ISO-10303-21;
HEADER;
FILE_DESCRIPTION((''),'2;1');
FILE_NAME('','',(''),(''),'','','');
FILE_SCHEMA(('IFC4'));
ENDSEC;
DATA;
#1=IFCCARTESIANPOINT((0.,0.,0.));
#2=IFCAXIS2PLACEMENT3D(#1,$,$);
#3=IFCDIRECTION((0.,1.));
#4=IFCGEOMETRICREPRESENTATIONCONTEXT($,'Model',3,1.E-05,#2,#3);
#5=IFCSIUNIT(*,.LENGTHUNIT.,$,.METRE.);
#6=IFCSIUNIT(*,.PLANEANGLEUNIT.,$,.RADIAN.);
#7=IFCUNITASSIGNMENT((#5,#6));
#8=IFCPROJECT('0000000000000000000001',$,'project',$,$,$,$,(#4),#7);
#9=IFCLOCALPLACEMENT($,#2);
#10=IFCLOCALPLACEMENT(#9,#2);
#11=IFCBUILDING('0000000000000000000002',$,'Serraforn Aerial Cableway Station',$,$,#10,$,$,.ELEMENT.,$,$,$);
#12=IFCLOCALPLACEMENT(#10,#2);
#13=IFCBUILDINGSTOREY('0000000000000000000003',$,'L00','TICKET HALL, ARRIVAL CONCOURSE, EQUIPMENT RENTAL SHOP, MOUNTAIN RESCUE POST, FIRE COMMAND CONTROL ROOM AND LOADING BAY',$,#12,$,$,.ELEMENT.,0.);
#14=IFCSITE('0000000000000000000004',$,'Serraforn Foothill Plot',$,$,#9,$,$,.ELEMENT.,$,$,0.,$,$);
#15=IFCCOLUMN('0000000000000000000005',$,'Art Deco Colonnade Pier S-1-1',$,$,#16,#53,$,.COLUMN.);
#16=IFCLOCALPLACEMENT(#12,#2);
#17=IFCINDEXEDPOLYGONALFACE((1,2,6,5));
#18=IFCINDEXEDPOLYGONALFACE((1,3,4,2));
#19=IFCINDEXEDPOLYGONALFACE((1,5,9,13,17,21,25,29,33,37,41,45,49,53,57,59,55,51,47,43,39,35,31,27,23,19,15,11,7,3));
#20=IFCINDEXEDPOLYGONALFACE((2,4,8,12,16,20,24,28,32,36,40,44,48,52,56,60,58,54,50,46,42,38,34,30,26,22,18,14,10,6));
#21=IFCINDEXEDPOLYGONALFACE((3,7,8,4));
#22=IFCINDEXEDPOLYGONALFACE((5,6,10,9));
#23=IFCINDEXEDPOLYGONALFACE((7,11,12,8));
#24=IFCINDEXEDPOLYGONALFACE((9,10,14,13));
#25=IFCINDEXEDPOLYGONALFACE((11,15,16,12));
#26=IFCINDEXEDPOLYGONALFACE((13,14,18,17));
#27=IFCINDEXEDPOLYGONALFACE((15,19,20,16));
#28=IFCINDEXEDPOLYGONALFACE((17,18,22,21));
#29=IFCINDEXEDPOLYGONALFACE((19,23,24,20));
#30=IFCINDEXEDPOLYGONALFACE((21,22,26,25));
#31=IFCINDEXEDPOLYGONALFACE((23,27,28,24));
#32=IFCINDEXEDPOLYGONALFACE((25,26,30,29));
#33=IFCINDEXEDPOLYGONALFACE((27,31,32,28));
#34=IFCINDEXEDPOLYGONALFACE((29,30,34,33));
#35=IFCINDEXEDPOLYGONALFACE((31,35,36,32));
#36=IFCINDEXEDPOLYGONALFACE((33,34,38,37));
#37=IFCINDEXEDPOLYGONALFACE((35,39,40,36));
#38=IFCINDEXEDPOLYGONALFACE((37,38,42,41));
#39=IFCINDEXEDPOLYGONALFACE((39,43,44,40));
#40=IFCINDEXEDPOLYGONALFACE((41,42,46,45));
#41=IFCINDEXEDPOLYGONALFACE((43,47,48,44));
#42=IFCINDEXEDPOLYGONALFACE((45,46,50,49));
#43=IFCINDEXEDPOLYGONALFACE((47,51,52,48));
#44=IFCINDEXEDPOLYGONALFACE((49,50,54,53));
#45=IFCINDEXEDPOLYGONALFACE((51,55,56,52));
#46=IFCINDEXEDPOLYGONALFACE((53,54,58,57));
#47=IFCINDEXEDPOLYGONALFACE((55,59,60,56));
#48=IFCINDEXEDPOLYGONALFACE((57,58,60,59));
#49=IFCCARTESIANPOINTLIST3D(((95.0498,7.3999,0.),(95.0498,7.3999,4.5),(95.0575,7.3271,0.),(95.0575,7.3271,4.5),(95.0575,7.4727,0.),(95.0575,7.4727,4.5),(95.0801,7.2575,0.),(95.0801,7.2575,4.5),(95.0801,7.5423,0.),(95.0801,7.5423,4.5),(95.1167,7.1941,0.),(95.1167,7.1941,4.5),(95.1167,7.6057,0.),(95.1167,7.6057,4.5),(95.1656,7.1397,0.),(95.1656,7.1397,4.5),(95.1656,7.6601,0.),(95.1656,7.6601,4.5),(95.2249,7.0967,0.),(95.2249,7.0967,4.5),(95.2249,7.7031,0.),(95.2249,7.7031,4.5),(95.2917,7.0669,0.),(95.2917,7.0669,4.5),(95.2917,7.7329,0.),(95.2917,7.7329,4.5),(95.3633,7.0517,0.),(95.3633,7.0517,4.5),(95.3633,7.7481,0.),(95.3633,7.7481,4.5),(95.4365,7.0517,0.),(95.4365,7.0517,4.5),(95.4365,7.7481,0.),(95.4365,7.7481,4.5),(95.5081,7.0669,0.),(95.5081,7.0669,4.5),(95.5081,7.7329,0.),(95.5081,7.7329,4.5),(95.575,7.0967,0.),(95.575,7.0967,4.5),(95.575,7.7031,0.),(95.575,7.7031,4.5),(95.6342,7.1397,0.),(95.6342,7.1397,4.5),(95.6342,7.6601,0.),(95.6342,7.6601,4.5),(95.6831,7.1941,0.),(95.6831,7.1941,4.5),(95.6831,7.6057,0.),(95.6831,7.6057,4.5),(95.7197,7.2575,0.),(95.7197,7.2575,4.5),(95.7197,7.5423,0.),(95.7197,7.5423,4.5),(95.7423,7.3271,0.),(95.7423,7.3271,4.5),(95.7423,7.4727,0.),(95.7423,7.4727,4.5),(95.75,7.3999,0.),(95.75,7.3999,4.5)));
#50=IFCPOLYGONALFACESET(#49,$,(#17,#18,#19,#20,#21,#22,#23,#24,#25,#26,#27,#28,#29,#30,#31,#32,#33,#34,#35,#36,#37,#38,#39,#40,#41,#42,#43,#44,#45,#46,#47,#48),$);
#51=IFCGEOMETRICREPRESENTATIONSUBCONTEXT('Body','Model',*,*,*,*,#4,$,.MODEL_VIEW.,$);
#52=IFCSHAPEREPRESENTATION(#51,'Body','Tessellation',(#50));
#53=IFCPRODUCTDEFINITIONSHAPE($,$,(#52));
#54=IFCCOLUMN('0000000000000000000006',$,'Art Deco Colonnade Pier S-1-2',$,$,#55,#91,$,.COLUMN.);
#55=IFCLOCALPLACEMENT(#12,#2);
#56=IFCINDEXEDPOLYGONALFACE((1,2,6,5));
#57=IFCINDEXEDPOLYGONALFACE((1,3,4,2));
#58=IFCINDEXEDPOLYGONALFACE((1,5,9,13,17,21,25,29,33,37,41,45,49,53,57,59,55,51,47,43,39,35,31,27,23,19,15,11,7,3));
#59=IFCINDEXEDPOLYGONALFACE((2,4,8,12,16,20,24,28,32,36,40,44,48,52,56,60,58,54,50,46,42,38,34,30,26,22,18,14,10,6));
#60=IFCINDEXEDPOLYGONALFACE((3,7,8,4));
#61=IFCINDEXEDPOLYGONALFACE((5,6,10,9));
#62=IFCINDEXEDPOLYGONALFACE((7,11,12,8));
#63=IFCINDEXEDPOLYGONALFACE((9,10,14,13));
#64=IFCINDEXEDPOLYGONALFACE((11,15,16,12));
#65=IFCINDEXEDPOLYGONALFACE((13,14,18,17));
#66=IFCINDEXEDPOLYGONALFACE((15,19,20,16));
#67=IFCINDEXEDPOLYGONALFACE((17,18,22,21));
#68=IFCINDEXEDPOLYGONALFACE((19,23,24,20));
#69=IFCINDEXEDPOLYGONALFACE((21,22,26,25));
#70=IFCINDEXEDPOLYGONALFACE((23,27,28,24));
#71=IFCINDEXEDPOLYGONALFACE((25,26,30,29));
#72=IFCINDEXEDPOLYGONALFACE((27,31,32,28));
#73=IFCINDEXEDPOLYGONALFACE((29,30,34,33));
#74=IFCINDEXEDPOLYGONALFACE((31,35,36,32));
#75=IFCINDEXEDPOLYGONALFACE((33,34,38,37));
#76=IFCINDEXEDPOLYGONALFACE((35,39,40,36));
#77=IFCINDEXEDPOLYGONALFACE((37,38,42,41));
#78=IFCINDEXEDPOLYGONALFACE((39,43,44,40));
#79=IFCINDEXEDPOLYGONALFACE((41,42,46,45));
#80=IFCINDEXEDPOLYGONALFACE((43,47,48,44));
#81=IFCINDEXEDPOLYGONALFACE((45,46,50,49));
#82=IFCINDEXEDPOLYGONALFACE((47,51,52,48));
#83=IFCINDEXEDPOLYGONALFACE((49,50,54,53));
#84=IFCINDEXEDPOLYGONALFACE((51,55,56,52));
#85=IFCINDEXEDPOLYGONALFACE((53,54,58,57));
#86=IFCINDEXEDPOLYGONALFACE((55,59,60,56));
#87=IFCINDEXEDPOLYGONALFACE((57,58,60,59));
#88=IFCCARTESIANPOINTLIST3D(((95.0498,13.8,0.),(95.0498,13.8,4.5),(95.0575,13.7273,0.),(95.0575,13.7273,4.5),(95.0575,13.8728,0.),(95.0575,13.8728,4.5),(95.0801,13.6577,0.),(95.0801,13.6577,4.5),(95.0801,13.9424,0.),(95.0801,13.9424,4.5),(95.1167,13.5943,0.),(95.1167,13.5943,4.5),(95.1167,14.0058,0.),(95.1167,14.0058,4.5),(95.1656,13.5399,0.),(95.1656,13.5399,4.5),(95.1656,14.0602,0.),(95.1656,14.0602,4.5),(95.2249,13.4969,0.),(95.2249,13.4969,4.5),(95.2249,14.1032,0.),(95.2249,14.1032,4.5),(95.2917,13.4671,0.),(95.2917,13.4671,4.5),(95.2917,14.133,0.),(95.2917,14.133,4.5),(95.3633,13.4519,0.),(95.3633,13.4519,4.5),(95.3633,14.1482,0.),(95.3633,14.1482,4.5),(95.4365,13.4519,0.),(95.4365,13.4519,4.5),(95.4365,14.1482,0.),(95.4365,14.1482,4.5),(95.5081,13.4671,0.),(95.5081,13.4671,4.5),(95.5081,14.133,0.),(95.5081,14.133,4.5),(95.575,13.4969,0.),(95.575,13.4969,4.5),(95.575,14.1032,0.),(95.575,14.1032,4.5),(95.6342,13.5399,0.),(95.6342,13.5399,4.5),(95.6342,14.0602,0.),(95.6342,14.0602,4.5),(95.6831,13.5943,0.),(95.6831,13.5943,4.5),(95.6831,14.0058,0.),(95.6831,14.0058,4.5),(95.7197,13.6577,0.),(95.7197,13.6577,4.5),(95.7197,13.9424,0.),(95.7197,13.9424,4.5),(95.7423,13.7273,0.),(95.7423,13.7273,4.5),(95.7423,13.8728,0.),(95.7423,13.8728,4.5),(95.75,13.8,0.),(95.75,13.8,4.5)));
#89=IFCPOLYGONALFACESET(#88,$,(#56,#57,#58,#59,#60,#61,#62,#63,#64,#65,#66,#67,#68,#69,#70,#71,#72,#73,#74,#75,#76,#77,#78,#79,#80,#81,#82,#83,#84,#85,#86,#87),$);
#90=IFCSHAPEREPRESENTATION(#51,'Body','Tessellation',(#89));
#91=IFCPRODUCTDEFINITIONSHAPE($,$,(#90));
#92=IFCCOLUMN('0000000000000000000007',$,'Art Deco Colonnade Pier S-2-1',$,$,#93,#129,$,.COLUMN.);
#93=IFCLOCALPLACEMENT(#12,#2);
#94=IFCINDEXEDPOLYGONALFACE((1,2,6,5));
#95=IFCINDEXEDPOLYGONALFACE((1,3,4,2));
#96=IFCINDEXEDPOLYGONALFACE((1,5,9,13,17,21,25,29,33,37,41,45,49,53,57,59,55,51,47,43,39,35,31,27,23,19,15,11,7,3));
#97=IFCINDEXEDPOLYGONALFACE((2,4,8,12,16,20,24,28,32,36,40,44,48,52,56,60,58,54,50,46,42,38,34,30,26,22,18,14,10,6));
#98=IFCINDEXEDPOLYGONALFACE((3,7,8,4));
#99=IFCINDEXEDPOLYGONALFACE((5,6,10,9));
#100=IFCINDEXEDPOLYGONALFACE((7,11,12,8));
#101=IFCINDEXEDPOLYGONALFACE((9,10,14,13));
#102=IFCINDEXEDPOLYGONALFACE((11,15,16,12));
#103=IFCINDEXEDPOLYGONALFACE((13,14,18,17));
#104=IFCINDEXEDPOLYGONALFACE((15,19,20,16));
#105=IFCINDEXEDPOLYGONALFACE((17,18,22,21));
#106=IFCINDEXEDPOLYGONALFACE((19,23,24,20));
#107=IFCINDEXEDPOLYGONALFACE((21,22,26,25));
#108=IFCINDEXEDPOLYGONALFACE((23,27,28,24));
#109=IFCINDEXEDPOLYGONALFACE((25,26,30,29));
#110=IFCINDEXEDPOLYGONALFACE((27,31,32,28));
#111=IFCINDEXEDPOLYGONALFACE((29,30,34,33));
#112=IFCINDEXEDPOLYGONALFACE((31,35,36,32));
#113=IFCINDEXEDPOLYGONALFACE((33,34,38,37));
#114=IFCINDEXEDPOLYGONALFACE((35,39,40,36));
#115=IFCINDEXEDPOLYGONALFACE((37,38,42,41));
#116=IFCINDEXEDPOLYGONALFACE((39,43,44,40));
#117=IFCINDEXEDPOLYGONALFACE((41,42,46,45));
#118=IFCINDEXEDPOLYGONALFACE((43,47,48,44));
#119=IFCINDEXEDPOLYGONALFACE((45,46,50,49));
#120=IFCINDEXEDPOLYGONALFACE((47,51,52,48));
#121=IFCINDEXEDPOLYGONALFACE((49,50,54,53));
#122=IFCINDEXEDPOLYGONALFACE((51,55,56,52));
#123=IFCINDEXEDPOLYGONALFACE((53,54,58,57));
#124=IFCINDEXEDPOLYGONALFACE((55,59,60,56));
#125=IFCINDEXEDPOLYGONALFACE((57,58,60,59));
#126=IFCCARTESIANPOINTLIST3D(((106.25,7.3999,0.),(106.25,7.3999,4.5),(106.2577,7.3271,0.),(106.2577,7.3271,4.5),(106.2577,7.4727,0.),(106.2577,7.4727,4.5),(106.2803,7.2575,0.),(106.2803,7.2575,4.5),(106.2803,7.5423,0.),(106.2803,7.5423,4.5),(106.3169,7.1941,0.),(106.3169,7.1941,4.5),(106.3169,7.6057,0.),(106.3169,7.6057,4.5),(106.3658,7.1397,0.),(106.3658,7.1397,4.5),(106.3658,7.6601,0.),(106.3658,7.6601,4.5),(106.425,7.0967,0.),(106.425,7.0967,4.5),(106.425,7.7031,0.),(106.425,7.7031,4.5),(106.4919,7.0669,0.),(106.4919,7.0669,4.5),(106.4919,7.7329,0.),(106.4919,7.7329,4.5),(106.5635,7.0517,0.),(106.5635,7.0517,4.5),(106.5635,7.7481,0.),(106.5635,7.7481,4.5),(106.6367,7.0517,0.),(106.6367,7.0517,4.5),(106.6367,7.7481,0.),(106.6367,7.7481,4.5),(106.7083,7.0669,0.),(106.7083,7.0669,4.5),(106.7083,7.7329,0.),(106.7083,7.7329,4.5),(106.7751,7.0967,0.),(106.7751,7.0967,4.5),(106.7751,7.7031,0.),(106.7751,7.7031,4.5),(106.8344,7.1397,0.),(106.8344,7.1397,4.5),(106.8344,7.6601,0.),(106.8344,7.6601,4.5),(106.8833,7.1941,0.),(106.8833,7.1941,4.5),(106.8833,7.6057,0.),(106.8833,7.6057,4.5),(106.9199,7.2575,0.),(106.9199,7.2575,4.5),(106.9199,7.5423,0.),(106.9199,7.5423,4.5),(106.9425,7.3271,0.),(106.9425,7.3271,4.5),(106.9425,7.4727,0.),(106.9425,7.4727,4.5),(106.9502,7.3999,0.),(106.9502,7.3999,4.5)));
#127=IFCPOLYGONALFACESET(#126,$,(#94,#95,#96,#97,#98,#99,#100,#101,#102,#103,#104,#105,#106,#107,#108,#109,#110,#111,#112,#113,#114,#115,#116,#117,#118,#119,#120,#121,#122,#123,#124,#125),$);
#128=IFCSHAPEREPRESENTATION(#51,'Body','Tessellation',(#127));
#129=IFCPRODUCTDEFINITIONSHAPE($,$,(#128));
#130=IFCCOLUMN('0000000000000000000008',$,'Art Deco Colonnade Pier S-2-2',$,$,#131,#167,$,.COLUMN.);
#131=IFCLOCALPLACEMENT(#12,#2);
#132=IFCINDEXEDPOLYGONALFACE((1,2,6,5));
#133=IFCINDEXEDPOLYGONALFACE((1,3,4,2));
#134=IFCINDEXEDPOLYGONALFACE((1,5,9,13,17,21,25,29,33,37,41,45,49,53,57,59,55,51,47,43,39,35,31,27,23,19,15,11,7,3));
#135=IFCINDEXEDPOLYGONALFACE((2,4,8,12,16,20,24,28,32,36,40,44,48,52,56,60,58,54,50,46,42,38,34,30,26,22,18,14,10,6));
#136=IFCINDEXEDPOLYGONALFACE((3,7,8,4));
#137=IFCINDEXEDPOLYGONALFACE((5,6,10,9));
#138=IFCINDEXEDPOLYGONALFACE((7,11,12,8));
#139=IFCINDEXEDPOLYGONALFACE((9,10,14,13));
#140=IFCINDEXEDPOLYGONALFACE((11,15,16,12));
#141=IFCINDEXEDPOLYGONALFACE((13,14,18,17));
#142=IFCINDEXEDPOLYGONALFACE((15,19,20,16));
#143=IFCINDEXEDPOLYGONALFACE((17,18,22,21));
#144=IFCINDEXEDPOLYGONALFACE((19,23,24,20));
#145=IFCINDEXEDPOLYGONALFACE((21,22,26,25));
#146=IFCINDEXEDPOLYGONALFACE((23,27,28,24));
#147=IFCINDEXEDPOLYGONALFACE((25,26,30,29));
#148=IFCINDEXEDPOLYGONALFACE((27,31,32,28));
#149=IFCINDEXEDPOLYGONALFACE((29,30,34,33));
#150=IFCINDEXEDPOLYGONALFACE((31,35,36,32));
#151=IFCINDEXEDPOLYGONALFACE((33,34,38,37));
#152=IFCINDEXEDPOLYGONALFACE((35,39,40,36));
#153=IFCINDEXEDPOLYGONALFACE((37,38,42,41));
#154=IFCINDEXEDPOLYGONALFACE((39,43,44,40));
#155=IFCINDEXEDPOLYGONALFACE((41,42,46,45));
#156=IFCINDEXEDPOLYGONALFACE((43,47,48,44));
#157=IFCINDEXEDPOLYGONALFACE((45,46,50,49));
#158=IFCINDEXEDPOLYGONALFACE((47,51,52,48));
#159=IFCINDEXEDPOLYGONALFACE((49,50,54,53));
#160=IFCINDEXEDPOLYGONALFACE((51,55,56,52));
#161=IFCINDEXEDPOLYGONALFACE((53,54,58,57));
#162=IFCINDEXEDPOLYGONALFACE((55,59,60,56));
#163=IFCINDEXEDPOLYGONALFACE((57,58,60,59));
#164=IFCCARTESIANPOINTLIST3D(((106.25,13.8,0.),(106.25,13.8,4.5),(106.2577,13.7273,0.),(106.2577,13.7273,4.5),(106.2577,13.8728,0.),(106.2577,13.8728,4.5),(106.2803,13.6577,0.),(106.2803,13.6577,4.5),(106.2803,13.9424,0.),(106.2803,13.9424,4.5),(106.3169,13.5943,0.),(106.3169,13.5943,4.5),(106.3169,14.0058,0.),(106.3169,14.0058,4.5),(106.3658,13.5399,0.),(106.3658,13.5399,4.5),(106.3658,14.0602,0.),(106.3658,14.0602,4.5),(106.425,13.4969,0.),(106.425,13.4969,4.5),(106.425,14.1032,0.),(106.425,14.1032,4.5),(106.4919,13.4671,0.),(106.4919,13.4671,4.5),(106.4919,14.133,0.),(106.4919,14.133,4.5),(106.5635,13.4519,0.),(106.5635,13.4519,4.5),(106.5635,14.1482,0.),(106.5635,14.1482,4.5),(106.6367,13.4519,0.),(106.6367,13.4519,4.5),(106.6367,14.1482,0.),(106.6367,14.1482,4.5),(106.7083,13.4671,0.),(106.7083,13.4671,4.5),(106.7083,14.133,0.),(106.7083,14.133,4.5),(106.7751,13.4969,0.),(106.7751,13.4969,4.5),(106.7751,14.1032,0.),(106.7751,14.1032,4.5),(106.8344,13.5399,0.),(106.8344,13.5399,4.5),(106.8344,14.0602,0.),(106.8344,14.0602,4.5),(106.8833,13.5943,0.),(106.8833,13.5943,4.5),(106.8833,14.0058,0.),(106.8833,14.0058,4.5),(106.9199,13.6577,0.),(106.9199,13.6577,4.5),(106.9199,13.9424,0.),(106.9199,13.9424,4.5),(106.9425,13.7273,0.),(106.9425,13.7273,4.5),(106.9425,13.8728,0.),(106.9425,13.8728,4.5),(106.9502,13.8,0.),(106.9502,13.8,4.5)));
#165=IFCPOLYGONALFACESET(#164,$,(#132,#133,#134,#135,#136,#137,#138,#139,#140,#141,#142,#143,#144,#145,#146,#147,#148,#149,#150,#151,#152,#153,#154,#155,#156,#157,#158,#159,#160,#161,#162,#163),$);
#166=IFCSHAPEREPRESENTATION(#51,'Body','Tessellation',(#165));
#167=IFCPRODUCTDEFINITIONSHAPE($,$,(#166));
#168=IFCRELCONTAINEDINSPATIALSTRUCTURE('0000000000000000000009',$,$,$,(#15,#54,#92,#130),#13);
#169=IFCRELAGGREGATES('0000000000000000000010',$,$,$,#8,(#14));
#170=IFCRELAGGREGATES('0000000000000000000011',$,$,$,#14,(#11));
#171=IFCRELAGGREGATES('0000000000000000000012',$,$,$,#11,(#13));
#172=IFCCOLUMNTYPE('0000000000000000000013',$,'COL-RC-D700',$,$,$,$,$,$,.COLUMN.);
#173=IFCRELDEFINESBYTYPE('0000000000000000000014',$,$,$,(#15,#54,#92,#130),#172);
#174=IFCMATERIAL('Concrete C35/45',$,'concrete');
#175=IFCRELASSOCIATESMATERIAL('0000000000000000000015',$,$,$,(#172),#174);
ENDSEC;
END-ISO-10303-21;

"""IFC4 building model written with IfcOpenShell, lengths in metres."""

from ifc_helpers import new_model, si_unit, direction, frame, origin, origin_2d, place, context, subcontext, project, spatial, circle, extrude, material, material_profile, profile_set, type_object, element, save


model = new_model("IFC4")

# Units and contexts
model_context = context("Model", 3, precision=1e-05, world=origin(), true_north=direction((0.0, 1.0)))
body_context = subcontext(model_context, "Body", "Model", "MODEL_VIEW")
ifc_project = project(units=[si_unit("LENGTHUNIT", "METRE"), si_unit("PLANEANGLEUNIT", "RADIAN")], contexts=[model_context])

# Site, building, storey
site_placement = place(None, origin())
site = spatial("IfcSite", under=ifc_project, at=site_placement, Name="Serraforn Foothill Plot", CompositionType="ELEMENT", RefElevation=0.0)
building_placement = place(site_placement, origin())
building = spatial("IfcBuilding", under=site, at=building_placement, Name="Serraforn Aerial Cableway Station", CompositionType="ELEMENT")
storey_placement = place(building_placement, origin())
storey = spatial("IfcBuildingStorey", under=building, at=storey_placement, Name="L00", Description="TICKET HALL, ARRIVAL CONCOURSE, EQUIPMENT RENTAL SHOP, MOUNTAIN RESCUE POST, FIRE COMMAND CONTROL ROOM AND LOADING BAY", CompositionType="ELEMENT", Elevation=0.0)

# Shared definitions
ifc_material_1 = material(Name="Concrete C35/45", Category="concrete")

# Columns
ifc_material_profile_1 = material_profile(ifc_material_1, circle(Radius=0.3501, at=origin_2d()), Name="RC D700")
ifc_profile_set_1 = profile_set([ifc_material_profile_1], Name="Concrete C35/45")
column_type = type_object("IfcColumnType", Name="COL-RC-D700", PredefinedType="COLUMN", material=ifc_profile_set_1)
for number, where, z_axis, x_axis, name in (
    (1, (95.3999, 7.3999, 0.0), (0.0, 0.0, 1.0), (1.0, 0.0, 0.0), "Art Deco Colonnade Pier S-1-1"),
    (2, (95.3999, 13.8, 0.0), (0.0, 0.0, 1.0), (1.0, 0.0, 0.0), "Art Deco Colonnade Pier S-1-2"),
    (3, (106.6001, 7.3999, 0.0), (0.0, 0.0, 1.0), (1.0, 0.0, 0.0), "Art Deco Colonnade Pier S-2-1"),
    (4, (106.6001, 13.8, 0.0), (0.0, 0.0, 1.0), (1.0, 0.0, 0.0), "Art Deco Colonnade Pier S-2-2"),
):
    element("IfcColumn", number, at=place(storey_placement, frame(where, z_axis=z_axis, x_axis=x_axis)), inside=storey, type_object=column_type, Name=name, PredefinedType="COLUMN", context=body_context, shape_type="SweptSolid", body=[
        extrude(circle(Radius=0.3501, at=origin_2d()), origin(), (0.0, 0.0, 1.0), 4.5),
    ])

save(model, "model.ifc")
